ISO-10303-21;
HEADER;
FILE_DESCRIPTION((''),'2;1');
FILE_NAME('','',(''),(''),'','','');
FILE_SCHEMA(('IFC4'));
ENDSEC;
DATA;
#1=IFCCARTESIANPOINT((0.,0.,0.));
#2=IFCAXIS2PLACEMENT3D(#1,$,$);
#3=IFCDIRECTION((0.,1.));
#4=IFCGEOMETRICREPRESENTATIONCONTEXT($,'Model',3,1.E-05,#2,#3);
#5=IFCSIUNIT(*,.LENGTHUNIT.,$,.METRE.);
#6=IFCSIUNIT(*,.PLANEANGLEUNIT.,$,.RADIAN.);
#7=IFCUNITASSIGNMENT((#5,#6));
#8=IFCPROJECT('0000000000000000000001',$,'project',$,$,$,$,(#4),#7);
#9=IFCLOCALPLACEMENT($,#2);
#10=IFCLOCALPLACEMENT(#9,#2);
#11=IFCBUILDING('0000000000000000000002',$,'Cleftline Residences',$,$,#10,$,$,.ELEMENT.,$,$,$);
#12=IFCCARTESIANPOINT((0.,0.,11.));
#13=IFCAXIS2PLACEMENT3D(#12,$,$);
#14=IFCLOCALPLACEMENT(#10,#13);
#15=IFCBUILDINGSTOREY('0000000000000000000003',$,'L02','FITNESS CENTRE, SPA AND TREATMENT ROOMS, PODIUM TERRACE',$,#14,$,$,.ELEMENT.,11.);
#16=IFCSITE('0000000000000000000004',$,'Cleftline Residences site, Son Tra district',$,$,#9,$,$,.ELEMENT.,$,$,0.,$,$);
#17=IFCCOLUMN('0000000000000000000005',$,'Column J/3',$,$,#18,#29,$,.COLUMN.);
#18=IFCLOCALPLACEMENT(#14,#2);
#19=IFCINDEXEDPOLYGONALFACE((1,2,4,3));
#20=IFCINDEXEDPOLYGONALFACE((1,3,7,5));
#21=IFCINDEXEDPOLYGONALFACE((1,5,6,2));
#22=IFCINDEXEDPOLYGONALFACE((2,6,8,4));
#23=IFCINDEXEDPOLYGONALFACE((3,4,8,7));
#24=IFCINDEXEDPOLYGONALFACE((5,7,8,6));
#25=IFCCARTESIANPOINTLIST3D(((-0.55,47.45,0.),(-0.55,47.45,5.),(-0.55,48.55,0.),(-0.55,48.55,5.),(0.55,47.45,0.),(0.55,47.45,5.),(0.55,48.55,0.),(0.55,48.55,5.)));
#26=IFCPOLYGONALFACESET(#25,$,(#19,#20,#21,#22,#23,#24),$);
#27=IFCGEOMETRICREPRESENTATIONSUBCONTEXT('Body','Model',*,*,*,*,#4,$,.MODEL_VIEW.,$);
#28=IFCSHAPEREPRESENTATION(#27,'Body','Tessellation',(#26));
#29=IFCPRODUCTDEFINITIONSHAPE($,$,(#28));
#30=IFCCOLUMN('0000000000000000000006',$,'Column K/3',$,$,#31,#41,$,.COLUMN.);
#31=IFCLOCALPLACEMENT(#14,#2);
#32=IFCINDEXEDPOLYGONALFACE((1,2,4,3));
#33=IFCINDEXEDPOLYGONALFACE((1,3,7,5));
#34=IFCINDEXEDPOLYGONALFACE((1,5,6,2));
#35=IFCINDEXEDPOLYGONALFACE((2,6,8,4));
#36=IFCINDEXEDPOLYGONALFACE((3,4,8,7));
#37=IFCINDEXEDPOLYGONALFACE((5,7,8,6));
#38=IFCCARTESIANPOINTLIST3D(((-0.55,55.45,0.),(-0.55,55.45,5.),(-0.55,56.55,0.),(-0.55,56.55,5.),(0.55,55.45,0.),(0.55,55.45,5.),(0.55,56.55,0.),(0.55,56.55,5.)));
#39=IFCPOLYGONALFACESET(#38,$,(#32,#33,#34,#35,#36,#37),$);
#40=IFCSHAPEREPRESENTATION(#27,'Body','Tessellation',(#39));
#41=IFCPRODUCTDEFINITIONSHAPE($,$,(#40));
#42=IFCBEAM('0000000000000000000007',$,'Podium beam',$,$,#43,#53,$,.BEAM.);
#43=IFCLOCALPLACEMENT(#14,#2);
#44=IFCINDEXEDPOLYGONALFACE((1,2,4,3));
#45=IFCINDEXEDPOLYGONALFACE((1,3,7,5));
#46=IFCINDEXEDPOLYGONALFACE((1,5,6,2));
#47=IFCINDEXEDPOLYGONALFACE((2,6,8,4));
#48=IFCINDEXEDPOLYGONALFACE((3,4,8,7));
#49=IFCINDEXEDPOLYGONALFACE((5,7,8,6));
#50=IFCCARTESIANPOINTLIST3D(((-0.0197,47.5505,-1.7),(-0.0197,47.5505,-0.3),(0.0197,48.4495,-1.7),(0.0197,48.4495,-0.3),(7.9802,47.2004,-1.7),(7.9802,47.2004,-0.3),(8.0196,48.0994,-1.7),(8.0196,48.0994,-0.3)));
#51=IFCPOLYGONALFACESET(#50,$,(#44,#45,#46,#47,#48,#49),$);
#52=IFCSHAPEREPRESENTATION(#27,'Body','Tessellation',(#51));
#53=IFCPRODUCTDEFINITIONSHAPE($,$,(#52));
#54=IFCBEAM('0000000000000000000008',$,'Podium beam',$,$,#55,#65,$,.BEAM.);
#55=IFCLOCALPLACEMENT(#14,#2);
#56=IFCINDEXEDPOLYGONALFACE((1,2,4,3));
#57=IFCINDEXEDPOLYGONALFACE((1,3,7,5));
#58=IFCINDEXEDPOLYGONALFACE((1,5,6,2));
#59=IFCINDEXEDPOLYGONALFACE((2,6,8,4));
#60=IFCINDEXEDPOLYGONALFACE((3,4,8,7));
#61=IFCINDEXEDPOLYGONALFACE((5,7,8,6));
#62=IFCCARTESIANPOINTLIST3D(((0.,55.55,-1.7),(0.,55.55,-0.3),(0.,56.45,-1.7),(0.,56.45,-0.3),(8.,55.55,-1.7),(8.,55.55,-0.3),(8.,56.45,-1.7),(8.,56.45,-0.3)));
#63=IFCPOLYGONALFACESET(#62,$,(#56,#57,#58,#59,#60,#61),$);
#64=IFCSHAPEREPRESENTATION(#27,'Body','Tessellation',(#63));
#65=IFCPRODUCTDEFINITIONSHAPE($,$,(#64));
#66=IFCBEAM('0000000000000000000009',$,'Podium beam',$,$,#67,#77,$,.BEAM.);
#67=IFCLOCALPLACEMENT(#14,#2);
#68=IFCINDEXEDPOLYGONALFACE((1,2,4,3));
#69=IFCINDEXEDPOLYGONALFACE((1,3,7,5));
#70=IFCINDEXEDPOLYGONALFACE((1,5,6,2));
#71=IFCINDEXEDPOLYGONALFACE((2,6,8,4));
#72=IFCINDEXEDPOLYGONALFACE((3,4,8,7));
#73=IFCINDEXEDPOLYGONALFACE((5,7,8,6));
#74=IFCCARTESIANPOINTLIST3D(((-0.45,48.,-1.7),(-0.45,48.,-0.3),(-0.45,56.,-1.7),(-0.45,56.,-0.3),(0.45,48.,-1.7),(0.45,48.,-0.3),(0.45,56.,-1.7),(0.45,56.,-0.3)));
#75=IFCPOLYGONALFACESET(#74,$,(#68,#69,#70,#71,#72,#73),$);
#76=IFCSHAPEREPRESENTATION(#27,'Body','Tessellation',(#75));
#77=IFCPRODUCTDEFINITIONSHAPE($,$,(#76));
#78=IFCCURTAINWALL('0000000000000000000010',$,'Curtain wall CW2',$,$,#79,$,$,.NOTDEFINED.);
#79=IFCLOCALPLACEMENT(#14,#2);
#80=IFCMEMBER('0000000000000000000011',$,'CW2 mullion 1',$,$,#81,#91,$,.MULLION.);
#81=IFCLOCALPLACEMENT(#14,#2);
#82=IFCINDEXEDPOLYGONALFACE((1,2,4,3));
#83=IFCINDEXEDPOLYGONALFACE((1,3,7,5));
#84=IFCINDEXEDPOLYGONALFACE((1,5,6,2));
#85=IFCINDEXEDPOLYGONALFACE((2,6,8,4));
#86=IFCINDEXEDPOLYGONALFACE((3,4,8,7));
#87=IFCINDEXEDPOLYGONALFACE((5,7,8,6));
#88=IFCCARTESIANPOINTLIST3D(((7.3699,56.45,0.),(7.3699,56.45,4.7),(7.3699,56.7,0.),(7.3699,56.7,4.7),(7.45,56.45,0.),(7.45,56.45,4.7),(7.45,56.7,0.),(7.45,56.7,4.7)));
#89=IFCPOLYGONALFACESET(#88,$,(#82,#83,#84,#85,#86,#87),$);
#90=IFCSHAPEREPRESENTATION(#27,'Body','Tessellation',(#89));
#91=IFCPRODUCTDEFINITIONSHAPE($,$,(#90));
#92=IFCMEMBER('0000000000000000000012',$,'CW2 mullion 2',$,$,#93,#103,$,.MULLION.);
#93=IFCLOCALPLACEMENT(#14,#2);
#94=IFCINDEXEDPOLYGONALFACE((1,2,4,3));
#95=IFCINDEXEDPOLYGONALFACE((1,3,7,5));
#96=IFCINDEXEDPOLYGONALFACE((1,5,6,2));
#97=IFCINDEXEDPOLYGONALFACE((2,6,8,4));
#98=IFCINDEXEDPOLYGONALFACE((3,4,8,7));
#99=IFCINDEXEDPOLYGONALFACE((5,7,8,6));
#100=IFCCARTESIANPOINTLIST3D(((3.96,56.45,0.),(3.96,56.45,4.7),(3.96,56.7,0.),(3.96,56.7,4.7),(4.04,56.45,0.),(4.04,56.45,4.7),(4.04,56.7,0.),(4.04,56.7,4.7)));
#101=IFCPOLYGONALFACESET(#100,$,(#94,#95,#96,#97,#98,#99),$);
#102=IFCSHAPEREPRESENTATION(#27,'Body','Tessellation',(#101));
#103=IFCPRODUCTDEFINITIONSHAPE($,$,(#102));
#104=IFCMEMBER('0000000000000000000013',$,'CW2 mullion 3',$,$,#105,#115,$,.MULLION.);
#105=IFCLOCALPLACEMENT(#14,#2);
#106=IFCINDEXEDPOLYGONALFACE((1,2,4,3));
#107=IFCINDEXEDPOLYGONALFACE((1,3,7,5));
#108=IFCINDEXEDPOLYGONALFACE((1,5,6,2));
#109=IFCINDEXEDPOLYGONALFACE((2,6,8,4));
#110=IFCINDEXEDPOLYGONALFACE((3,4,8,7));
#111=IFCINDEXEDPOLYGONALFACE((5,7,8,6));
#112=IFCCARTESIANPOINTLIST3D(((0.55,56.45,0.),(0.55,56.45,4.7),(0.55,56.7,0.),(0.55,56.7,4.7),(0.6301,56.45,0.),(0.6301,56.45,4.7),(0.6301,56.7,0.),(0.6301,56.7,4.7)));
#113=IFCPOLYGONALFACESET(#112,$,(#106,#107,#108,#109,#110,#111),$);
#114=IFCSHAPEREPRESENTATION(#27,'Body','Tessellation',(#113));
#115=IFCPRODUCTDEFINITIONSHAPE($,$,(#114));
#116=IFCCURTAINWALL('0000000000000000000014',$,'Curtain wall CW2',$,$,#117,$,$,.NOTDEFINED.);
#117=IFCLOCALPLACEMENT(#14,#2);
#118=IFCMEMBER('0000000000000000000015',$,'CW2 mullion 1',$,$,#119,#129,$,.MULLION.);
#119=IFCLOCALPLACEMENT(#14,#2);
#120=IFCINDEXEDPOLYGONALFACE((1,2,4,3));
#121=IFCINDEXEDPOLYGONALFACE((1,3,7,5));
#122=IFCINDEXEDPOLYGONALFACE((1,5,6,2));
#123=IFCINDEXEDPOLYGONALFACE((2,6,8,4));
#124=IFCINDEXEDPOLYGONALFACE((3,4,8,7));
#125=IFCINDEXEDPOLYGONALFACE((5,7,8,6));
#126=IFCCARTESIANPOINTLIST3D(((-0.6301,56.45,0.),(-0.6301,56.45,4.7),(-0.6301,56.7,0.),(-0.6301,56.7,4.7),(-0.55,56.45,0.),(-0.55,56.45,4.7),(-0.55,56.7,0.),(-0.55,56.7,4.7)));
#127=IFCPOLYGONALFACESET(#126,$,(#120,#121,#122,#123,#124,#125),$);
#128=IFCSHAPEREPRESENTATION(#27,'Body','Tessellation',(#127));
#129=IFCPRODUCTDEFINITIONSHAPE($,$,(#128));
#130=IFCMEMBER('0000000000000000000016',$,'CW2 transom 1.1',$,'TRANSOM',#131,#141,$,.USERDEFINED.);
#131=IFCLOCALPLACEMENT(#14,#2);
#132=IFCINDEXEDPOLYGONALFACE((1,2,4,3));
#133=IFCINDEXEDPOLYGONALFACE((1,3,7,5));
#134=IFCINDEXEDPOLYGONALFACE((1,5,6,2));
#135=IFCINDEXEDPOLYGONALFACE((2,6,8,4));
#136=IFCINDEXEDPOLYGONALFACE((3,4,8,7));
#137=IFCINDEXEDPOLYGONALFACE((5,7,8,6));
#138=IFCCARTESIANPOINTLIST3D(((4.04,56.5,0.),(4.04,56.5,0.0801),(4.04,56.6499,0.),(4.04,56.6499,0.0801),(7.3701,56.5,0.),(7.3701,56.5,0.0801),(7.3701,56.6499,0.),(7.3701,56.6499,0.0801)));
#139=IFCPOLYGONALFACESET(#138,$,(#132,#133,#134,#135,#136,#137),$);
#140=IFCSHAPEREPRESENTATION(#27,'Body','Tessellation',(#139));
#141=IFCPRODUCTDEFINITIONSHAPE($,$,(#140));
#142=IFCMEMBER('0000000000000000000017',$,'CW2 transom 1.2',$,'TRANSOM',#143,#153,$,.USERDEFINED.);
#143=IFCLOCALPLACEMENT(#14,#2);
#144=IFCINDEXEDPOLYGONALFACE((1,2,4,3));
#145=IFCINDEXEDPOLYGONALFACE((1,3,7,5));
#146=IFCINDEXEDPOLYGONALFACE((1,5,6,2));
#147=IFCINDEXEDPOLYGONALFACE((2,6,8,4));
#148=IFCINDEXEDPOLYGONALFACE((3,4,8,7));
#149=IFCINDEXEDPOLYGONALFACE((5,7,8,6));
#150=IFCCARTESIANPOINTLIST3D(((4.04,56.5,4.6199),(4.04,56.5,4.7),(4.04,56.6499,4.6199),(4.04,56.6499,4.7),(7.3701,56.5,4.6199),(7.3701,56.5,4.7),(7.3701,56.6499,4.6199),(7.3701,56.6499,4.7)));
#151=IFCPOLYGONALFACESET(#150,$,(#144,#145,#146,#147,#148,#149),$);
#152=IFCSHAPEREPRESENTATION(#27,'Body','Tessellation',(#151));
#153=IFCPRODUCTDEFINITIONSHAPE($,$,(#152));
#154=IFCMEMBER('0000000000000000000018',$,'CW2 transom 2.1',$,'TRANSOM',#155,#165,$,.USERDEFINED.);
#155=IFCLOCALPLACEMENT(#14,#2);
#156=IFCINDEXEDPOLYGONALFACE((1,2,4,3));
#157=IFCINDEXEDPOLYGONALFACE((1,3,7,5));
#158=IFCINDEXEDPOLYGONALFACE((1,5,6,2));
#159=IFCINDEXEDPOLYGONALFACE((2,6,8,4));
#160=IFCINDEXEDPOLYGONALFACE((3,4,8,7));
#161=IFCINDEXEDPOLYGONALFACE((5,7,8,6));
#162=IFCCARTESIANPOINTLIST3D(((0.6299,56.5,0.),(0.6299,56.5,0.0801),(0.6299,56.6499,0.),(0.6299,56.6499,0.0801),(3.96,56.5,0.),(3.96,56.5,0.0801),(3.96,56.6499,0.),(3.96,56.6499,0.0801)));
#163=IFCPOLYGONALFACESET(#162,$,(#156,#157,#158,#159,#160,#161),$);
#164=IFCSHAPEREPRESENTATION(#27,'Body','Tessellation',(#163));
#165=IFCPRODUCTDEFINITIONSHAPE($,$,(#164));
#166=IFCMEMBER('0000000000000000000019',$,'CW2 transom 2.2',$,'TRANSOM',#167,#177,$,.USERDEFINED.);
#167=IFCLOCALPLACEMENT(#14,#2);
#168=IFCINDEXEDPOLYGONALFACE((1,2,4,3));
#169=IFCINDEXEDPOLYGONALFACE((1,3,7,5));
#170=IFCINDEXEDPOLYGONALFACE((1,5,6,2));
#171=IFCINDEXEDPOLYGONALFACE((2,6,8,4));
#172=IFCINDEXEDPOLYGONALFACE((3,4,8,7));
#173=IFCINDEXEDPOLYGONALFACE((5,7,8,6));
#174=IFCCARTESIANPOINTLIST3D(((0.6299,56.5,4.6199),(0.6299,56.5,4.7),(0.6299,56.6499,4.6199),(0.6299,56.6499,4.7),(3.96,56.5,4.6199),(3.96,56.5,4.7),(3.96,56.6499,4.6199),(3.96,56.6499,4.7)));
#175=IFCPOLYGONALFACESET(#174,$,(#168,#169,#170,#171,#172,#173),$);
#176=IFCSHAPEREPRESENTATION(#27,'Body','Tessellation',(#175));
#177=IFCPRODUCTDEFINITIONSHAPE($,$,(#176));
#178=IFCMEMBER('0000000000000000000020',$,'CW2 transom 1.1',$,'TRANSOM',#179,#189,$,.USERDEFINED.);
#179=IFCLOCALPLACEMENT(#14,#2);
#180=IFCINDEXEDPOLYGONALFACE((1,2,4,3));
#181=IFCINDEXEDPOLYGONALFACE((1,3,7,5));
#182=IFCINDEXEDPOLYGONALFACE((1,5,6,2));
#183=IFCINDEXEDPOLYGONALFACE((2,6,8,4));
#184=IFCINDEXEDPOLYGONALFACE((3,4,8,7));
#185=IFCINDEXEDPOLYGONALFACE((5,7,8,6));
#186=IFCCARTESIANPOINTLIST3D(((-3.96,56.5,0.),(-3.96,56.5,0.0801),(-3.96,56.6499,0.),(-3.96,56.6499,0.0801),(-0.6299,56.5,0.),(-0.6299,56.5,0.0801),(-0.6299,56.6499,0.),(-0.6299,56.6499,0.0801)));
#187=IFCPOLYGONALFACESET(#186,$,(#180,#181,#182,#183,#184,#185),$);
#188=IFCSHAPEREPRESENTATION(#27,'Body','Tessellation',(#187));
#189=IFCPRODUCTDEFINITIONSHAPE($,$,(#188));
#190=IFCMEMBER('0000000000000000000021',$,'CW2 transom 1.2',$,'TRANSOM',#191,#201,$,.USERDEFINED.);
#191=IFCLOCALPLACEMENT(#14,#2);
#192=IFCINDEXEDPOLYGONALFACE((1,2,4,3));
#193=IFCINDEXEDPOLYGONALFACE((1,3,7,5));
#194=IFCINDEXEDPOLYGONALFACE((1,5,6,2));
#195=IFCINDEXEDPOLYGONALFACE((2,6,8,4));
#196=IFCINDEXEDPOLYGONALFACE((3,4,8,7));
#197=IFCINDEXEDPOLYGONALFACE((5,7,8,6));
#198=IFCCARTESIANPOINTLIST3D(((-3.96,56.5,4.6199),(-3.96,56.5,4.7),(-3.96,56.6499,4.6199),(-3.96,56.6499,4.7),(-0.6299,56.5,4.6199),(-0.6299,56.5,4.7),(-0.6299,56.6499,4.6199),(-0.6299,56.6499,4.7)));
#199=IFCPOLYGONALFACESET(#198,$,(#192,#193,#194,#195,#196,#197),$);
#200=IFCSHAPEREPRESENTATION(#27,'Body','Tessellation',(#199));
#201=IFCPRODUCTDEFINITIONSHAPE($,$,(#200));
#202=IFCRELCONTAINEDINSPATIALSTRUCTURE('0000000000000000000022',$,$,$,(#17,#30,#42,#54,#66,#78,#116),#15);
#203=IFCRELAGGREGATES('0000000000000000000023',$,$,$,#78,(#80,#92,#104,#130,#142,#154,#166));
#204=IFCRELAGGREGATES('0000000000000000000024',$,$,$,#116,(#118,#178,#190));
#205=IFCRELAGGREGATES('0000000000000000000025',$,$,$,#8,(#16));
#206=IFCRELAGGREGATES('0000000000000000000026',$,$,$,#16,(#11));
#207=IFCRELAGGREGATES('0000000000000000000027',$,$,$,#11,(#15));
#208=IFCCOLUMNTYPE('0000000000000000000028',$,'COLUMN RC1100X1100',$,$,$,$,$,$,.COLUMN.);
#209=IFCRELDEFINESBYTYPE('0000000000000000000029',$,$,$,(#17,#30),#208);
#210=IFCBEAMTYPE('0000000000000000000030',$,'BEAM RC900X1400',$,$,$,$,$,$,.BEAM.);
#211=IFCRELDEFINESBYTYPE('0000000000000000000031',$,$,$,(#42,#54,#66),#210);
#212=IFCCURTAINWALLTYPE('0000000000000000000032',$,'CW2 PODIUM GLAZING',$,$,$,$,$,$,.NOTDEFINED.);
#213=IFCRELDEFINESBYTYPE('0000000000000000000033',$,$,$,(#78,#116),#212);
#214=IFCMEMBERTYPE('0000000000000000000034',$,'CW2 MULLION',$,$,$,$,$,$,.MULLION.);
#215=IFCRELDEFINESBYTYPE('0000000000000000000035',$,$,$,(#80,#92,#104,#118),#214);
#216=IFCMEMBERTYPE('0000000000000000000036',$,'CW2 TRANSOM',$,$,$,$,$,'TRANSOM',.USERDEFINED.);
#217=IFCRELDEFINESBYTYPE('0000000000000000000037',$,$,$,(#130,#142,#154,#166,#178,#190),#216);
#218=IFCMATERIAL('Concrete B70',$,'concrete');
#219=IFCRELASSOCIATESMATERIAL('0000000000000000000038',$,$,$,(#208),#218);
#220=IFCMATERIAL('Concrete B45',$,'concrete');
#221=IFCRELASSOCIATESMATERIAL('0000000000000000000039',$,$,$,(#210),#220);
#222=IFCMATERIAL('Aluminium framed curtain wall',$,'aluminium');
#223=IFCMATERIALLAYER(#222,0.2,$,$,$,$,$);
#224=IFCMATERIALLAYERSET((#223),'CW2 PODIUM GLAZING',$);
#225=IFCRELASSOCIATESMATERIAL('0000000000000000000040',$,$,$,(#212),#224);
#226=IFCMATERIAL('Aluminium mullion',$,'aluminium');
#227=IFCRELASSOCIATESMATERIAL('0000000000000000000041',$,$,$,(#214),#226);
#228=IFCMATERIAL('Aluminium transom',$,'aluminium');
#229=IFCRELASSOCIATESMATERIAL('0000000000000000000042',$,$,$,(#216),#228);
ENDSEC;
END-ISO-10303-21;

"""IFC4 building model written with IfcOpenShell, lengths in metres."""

from ifc_helpers import new_model, si_unit, direction, frame, origin, origin_2d, place, context, subcontext, project, spatial, rectangle, extrude, material, layer, layer_set, material_profile, profile_set, type_object, element, aggregate, save


model = new_model("IFC4")

# Units and contexts
model_context = context("Model", 3, precision=1e-05, world=origin(), true_north=direction((0.0, 1.0)))
body_context = subcontext(model_context, "Body", "Model", "MODEL_VIEW")
ifc_project = project(units=[si_unit("LENGTHUNIT", "METRE"), si_unit("PLANEANGLEUNIT", "RADIAN")], contexts=[model_context])

# Site, building, storey
site_placement = place(None, origin())
site = spatial("IfcSite", under=ifc_project, at=site_placement, Name="Cleftline Residences site, Son Tra district", CompositionType="ELEMENT", RefElevation=0.0)
building_placement = place(site_placement, origin())
building = spatial("IfcBuilding", under=site, at=building_placement, Name="Cleftline Residences", CompositionType="ELEMENT")
storey_placement = place(building_placement, frame((0.0, 0.0, 11.0)))
storey = spatial("IfcBuildingStorey", under=building, at=storey_placement, Name="L02", Description="FITNESS CENTRE, SPA AND TREATMENT ROOMS, PODIUM TERRACE", CompositionType="ELEMENT", Elevation=11.0)

# Columns
ifc_material_1 = material(Name="Concrete B70", Category="concrete")
ifc_material_profile_1 = material_profile(ifc_material_1, rectangle(XDim=1.1001, YDim=1.1001, at=origin_2d()))
ifc_profile_set_1 = profile_set([ifc_material_profile_1], Name="Concrete B70")
column_type = type_object("IfcColumnType", Name="COLUMN RC1100X1100", PredefinedType="COLUMN", material=ifc_profile_set_1)
for number, where, z_axis, x_axis, name in (
    (1, (0.0, 48.0, 0.0), (0.0, 0.0, 1.0), (1.0, 0.0, 0.0), "Column J/3"),
    (2, (0.0, 56.0, 0.0), (0.0, 0.0, 1.0), (1.0, 0.0, 0.0), "Column K/3"),
):
    element("IfcColumn", number, at=place(storey_placement, frame(where, z_axis=z_axis, x_axis=x_axis)), inside=storey, type_object=column_type, Name=name, PredefinedType="COLUMN", context=body_context, shape_type="SweptSolid", body=[
        extrude(rectangle(XDim=1.1001, YDim=1.1001, at=origin_2d()), origin(), (0.0, 0.0, 1.0), 5.0),
    ])

# Beams
ifc_material_2 = material(Name="Concrete B45", Category="concrete")
ifc_material_profile_2 = material_profile(ifc_material_2, rectangle(XDim=0.8999, YDim=1.3999, at=origin_2d()))
ifc_profile_set_2 = profile_set([ifc_material_profile_2], Name="Concrete B45")
beam_type = type_object("IfcBeamType", Name="BEAM RC900X1400", PredefinedType="BEAM", material=ifc_profile_set_2)
beam_placement = place(storey_placement, frame((0.0, 48.0, -1.0), z_axis=(0.999044, -0.04372, 0.0), x_axis=(0.04372, 0.999044, 0.0)))
element("IfcBeam", 3, at=beam_placement, inside=storey, type_object=beam_type, Name="Podium beam", PredefinedType="BEAM", context=body_context, shape_type="SweptSolid", body=[
    extrude(rectangle(XDim=0.8999, YDim=1.3999, at=origin_2d()), origin(), (0.0, 0.0, 1.0), 8.0076),
])
for number, where, z_axis, x_axis, name in (
    (4, (0.0, 56.0, -1.0), (1.0, 0.0, 0.0), (0.0, 1.0, 0.0), "Podium beam"),
    (5, (0.0, 48.0, -1.0), (0.0, 1.0, 0.0), (-1.0, 0.0, 0.0), "Podium beam"),
):
    element("IfcBeam", number, at=place(storey_placement, frame(where, z_axis=z_axis, x_axis=x_axis)), inside=storey, type_object=beam_type, Name=name, PredefinedType="BEAM", context=body_context, shape_type="SweptSolid", body=[
        extrude(rectangle(XDim=0.8999, YDim=1.3999, at=origin_2d()), origin(), (0.0, 0.0, 1.0), 8.0),
    ])

# Curtain wall, members
ifc_material_3 = material(Name="Aluminium framed curtain wall", Category="aluminium")
ifc_layer_1 = layer(ifc_material_3, 0.2)
ifc_layer_set_1 = layer_set([ifc_layer_1], Name="CW2 PODIUM GLAZING")
curtain_wall_type = type_object("IfcCurtainWallType", Name="CW2 PODIUM GLAZING", PredefinedType="NOTDEFINED", material=ifc_layer_set_1)
curtain_wall_1_placement = place(storey_placement, origin())
curtain_wall_1 = element("IfcCurtainWall", 6, at=curtain_wall_1_placement, inside=storey, type_object=curtain_wall_type, Name="Curtain wall CW2", PredefinedType="NOTDEFINED")
ifc_material_4 = material(Name="Aluminium mullion", Category="aluminium")
ifc_material_profile_3 = material_profile(ifc_material_4, rectangle(XDim=0.25, YDim=0.0801, at=origin_2d()))
ifc_profile_set_3 = profile_set([ifc_material_profile_3], Name="Aluminium mullion")
member_type_1 = type_object("IfcMemberType", Name="CW2 MULLION", PredefinedType="MULLION", material=ifc_profile_set_3)
member_1_placement = place(storey_placement, frame((7.4099, 56.575, 0.0), z_axis=(0.0, 0.0, 1.0), x_axis=(0.0, -1.0, 0.0)))
member_1 = element("IfcMember", 7, at=member_1_placement, type_object=member_type_1, Name="CW2 mullion 1", PredefinedType="MULLION", context=body_context, shape_type="SweptSolid", body=[
    extrude(rectangle(XDim=0.25, YDim=0.0801, at=origin_2d()), origin(), (0.0, 0.0, 1.0), 4.7),
])
member_2_placement = place(storey_placement, frame((4.0, 56.575, 0.0), z_axis=(0.0, 0.0, 1.0), x_axis=(0.0, -1.0, 0.0)))
member_2 = element("IfcMember", 8, at=member_2_placement, type_object=member_type_1, Name="CW2 mullion 2", PredefinedType="MULLION", context=body_context, shape_type="SweptSolid", body=[
    extrude(rectangle(XDim=0.25, YDim=0.0801, at=origin_2d()), origin(), (0.0, 0.0, 1.0), 4.7),
])
member_3_placement = place(storey_placement, frame((0.5901, 56.575, 0.0), z_axis=(0.0, 0.0, 1.0), x_axis=(0.0, -1.0, 0.0)))
member_3 = element("IfcMember", 9, at=member_3_placement, type_object=member_type_1, Name="CW2 mullion 3", PredefinedType="MULLION", context=body_context, shape_type="SweptSolid", body=[
    extrude(rectangle(XDim=0.25, YDim=0.0801, at=origin_2d()), origin(), (0.0, 0.0, 1.0), 4.7),
])

# Curtain wall, member
curtain_wall_2_placement = place(storey_placement, origin())
curtain_wall_2 = element("IfcCurtainWall", 10, at=curtain_wall_2_placement, inside=storey, type_object=curtain_wall_type, Name="Curtain wall CW2", PredefinedType="NOTDEFINED")
member_4_placement = place(storey_placement, frame((-0.5901, 56.575, 0.0), z_axis=(0.0, 0.0, 1.0), x_axis=(0.0, -1.0, 0.0)))
member_4 = element("IfcMember", 11, at=member_4_placement, type_object=member_type_1, Name="CW2 mullion 1", PredefinedType="MULLION", context=body_context, shape_type="SweptSolid", body=[
    extrude(rectangle(XDim=0.25, YDim=0.0801, at=origin_2d()), origin(), (0.0, 0.0, 1.0), 4.7),
])

# Members
ifc_material_5 = material(Name="Aluminium transom", Category="aluminium")
ifc_material_profile_4 = material_profile(ifc_material_5, rectangle(XDim=0.1499, YDim=0.0801, at=origin_2d()))
ifc_profile_set_4 = profile_set([ifc_material_profile_4], Name="Aluminium transom")
member_type_2 = type_object("IfcMemberType", Name="CW2 TRANSOM", ElementType="TRANSOM", PredefinedType="USERDEFINED", material=ifc_profile_set_4)
member_5_placement = place(storey_placement, frame((7.3701, 56.575, 0.04), z_axis=(-1.0, 0.0, 0.0), x_axis=(0.0, -1.0, 0.0)))
member_5 = element("IfcMember", 12, at=member_5_placement, type_object=member_type_2, Name="CW2 transom 1.1", ObjectType="TRANSOM", PredefinedType="USERDEFINED", context=body_context, shape_type="SweptSolid", body=[
    extrude(rectangle(XDim=0.1499, YDim=0.0801, at=origin_2d()), origin(), (0.0, 0.0, 1.0), 3.3301),
])
member_6_placement = place(storey_placement, frame((7.3701, 56.575, 4.6599), z_axis=(-1.0, 0.0, 0.0), x_axis=(0.0, -1.0, 0.0)))
member_6 = element("IfcMember", 13, at=member_6_placement, type_object=member_type_2, Name="CW2 transom 1.2", ObjectType="TRANSOM", PredefinedType="USERDEFINED", context=body_context, shape_type="SweptSolid", body=[
    extrude(rectangle(XDim=0.1499, YDim=0.0801, at=origin_2d()), origin(), (0.0, 0.0, 1.0), 3.3301),
])
member_7_placement = place(storey_placement, frame((3.96, 56.575, 0.04), z_axis=(-1.0, 0.0, 0.0), x_axis=(0.0, -1.0, 0.0)))
member_7 = element("IfcMember", 14, at=member_7_placement, type_object=member_type_2, Name="CW2 transom 2.1", ObjectType="TRANSOM", PredefinedType="USERDEFINED", context=body_context, shape_type="SweptSolid", body=[
    extrude(rectangle(XDim=0.1499, YDim=0.0801, at=origin_2d()), origin(), (0.0, 0.0, 1.0), 3.3301),
])
member_8_placement = place(storey_placement, frame((3.96, 56.575, 4.6599), z_axis=(-1.0, 0.0, 0.0), x_axis=(0.0, -1.0, 0.0)))
member_8 = element("IfcMember", 15, at=member_8_placement, type_object=member_type_2, Name="CW2 transom 2.2", ObjectType="TRANSOM", PredefinedType="USERDEFINED", context=body_context, shape_type="SweptSolid", body=[
    extrude(rectangle(XDim=0.1499, YDim=0.0801, at=origin_2d()), origin(), (0.0, 0.0, 1.0), 3.3301),
])
member_9_placement = place(storey_placement, frame((-0.6299, 56.575, 0.04), z_axis=(-1.0, 0.0, 0.0), x_axis=(0.0, -1.0, 0.0)))
member_9 = element("IfcMember", 16, at=member_9_placement, type_object=member_type_2, Name="CW2 transom 1.1", ObjectType="TRANSOM", PredefinedType="USERDEFINED", context=body_context, shape_type="SweptSolid", body=[
    extrude(rectangle(XDim=0.1499, YDim=0.0801, at=origin_2d()), origin(), (0.0, 0.0, 1.0), 3.3301),
])
member_10_placement = place(storey_placement, frame((-0.6299, 56.575, 4.6599), z_axis=(-1.0, 0.0, 0.0), x_axis=(0.0, -1.0, 0.0)))
member_10 = element("IfcMember", 17, at=member_10_placement, type_object=member_type_2, Name="CW2 transom 1.2", ObjectType="TRANSOM", PredefinedType="USERDEFINED", context=body_context, shape_type="SweptSolid", body=[
    extrude(rectangle(XDim=0.1499, YDim=0.0801, at=origin_2d()), origin(), (0.0, 0.0, 1.0), 3.3301),
])

aggregate(curtain_wall_1, [member_1, member_2, member_3, member_5, member_6, member_7, member_8])
aggregate(curtain_wall_2, [member_4, member_9, member_10])

save(model, "model.ifc")
